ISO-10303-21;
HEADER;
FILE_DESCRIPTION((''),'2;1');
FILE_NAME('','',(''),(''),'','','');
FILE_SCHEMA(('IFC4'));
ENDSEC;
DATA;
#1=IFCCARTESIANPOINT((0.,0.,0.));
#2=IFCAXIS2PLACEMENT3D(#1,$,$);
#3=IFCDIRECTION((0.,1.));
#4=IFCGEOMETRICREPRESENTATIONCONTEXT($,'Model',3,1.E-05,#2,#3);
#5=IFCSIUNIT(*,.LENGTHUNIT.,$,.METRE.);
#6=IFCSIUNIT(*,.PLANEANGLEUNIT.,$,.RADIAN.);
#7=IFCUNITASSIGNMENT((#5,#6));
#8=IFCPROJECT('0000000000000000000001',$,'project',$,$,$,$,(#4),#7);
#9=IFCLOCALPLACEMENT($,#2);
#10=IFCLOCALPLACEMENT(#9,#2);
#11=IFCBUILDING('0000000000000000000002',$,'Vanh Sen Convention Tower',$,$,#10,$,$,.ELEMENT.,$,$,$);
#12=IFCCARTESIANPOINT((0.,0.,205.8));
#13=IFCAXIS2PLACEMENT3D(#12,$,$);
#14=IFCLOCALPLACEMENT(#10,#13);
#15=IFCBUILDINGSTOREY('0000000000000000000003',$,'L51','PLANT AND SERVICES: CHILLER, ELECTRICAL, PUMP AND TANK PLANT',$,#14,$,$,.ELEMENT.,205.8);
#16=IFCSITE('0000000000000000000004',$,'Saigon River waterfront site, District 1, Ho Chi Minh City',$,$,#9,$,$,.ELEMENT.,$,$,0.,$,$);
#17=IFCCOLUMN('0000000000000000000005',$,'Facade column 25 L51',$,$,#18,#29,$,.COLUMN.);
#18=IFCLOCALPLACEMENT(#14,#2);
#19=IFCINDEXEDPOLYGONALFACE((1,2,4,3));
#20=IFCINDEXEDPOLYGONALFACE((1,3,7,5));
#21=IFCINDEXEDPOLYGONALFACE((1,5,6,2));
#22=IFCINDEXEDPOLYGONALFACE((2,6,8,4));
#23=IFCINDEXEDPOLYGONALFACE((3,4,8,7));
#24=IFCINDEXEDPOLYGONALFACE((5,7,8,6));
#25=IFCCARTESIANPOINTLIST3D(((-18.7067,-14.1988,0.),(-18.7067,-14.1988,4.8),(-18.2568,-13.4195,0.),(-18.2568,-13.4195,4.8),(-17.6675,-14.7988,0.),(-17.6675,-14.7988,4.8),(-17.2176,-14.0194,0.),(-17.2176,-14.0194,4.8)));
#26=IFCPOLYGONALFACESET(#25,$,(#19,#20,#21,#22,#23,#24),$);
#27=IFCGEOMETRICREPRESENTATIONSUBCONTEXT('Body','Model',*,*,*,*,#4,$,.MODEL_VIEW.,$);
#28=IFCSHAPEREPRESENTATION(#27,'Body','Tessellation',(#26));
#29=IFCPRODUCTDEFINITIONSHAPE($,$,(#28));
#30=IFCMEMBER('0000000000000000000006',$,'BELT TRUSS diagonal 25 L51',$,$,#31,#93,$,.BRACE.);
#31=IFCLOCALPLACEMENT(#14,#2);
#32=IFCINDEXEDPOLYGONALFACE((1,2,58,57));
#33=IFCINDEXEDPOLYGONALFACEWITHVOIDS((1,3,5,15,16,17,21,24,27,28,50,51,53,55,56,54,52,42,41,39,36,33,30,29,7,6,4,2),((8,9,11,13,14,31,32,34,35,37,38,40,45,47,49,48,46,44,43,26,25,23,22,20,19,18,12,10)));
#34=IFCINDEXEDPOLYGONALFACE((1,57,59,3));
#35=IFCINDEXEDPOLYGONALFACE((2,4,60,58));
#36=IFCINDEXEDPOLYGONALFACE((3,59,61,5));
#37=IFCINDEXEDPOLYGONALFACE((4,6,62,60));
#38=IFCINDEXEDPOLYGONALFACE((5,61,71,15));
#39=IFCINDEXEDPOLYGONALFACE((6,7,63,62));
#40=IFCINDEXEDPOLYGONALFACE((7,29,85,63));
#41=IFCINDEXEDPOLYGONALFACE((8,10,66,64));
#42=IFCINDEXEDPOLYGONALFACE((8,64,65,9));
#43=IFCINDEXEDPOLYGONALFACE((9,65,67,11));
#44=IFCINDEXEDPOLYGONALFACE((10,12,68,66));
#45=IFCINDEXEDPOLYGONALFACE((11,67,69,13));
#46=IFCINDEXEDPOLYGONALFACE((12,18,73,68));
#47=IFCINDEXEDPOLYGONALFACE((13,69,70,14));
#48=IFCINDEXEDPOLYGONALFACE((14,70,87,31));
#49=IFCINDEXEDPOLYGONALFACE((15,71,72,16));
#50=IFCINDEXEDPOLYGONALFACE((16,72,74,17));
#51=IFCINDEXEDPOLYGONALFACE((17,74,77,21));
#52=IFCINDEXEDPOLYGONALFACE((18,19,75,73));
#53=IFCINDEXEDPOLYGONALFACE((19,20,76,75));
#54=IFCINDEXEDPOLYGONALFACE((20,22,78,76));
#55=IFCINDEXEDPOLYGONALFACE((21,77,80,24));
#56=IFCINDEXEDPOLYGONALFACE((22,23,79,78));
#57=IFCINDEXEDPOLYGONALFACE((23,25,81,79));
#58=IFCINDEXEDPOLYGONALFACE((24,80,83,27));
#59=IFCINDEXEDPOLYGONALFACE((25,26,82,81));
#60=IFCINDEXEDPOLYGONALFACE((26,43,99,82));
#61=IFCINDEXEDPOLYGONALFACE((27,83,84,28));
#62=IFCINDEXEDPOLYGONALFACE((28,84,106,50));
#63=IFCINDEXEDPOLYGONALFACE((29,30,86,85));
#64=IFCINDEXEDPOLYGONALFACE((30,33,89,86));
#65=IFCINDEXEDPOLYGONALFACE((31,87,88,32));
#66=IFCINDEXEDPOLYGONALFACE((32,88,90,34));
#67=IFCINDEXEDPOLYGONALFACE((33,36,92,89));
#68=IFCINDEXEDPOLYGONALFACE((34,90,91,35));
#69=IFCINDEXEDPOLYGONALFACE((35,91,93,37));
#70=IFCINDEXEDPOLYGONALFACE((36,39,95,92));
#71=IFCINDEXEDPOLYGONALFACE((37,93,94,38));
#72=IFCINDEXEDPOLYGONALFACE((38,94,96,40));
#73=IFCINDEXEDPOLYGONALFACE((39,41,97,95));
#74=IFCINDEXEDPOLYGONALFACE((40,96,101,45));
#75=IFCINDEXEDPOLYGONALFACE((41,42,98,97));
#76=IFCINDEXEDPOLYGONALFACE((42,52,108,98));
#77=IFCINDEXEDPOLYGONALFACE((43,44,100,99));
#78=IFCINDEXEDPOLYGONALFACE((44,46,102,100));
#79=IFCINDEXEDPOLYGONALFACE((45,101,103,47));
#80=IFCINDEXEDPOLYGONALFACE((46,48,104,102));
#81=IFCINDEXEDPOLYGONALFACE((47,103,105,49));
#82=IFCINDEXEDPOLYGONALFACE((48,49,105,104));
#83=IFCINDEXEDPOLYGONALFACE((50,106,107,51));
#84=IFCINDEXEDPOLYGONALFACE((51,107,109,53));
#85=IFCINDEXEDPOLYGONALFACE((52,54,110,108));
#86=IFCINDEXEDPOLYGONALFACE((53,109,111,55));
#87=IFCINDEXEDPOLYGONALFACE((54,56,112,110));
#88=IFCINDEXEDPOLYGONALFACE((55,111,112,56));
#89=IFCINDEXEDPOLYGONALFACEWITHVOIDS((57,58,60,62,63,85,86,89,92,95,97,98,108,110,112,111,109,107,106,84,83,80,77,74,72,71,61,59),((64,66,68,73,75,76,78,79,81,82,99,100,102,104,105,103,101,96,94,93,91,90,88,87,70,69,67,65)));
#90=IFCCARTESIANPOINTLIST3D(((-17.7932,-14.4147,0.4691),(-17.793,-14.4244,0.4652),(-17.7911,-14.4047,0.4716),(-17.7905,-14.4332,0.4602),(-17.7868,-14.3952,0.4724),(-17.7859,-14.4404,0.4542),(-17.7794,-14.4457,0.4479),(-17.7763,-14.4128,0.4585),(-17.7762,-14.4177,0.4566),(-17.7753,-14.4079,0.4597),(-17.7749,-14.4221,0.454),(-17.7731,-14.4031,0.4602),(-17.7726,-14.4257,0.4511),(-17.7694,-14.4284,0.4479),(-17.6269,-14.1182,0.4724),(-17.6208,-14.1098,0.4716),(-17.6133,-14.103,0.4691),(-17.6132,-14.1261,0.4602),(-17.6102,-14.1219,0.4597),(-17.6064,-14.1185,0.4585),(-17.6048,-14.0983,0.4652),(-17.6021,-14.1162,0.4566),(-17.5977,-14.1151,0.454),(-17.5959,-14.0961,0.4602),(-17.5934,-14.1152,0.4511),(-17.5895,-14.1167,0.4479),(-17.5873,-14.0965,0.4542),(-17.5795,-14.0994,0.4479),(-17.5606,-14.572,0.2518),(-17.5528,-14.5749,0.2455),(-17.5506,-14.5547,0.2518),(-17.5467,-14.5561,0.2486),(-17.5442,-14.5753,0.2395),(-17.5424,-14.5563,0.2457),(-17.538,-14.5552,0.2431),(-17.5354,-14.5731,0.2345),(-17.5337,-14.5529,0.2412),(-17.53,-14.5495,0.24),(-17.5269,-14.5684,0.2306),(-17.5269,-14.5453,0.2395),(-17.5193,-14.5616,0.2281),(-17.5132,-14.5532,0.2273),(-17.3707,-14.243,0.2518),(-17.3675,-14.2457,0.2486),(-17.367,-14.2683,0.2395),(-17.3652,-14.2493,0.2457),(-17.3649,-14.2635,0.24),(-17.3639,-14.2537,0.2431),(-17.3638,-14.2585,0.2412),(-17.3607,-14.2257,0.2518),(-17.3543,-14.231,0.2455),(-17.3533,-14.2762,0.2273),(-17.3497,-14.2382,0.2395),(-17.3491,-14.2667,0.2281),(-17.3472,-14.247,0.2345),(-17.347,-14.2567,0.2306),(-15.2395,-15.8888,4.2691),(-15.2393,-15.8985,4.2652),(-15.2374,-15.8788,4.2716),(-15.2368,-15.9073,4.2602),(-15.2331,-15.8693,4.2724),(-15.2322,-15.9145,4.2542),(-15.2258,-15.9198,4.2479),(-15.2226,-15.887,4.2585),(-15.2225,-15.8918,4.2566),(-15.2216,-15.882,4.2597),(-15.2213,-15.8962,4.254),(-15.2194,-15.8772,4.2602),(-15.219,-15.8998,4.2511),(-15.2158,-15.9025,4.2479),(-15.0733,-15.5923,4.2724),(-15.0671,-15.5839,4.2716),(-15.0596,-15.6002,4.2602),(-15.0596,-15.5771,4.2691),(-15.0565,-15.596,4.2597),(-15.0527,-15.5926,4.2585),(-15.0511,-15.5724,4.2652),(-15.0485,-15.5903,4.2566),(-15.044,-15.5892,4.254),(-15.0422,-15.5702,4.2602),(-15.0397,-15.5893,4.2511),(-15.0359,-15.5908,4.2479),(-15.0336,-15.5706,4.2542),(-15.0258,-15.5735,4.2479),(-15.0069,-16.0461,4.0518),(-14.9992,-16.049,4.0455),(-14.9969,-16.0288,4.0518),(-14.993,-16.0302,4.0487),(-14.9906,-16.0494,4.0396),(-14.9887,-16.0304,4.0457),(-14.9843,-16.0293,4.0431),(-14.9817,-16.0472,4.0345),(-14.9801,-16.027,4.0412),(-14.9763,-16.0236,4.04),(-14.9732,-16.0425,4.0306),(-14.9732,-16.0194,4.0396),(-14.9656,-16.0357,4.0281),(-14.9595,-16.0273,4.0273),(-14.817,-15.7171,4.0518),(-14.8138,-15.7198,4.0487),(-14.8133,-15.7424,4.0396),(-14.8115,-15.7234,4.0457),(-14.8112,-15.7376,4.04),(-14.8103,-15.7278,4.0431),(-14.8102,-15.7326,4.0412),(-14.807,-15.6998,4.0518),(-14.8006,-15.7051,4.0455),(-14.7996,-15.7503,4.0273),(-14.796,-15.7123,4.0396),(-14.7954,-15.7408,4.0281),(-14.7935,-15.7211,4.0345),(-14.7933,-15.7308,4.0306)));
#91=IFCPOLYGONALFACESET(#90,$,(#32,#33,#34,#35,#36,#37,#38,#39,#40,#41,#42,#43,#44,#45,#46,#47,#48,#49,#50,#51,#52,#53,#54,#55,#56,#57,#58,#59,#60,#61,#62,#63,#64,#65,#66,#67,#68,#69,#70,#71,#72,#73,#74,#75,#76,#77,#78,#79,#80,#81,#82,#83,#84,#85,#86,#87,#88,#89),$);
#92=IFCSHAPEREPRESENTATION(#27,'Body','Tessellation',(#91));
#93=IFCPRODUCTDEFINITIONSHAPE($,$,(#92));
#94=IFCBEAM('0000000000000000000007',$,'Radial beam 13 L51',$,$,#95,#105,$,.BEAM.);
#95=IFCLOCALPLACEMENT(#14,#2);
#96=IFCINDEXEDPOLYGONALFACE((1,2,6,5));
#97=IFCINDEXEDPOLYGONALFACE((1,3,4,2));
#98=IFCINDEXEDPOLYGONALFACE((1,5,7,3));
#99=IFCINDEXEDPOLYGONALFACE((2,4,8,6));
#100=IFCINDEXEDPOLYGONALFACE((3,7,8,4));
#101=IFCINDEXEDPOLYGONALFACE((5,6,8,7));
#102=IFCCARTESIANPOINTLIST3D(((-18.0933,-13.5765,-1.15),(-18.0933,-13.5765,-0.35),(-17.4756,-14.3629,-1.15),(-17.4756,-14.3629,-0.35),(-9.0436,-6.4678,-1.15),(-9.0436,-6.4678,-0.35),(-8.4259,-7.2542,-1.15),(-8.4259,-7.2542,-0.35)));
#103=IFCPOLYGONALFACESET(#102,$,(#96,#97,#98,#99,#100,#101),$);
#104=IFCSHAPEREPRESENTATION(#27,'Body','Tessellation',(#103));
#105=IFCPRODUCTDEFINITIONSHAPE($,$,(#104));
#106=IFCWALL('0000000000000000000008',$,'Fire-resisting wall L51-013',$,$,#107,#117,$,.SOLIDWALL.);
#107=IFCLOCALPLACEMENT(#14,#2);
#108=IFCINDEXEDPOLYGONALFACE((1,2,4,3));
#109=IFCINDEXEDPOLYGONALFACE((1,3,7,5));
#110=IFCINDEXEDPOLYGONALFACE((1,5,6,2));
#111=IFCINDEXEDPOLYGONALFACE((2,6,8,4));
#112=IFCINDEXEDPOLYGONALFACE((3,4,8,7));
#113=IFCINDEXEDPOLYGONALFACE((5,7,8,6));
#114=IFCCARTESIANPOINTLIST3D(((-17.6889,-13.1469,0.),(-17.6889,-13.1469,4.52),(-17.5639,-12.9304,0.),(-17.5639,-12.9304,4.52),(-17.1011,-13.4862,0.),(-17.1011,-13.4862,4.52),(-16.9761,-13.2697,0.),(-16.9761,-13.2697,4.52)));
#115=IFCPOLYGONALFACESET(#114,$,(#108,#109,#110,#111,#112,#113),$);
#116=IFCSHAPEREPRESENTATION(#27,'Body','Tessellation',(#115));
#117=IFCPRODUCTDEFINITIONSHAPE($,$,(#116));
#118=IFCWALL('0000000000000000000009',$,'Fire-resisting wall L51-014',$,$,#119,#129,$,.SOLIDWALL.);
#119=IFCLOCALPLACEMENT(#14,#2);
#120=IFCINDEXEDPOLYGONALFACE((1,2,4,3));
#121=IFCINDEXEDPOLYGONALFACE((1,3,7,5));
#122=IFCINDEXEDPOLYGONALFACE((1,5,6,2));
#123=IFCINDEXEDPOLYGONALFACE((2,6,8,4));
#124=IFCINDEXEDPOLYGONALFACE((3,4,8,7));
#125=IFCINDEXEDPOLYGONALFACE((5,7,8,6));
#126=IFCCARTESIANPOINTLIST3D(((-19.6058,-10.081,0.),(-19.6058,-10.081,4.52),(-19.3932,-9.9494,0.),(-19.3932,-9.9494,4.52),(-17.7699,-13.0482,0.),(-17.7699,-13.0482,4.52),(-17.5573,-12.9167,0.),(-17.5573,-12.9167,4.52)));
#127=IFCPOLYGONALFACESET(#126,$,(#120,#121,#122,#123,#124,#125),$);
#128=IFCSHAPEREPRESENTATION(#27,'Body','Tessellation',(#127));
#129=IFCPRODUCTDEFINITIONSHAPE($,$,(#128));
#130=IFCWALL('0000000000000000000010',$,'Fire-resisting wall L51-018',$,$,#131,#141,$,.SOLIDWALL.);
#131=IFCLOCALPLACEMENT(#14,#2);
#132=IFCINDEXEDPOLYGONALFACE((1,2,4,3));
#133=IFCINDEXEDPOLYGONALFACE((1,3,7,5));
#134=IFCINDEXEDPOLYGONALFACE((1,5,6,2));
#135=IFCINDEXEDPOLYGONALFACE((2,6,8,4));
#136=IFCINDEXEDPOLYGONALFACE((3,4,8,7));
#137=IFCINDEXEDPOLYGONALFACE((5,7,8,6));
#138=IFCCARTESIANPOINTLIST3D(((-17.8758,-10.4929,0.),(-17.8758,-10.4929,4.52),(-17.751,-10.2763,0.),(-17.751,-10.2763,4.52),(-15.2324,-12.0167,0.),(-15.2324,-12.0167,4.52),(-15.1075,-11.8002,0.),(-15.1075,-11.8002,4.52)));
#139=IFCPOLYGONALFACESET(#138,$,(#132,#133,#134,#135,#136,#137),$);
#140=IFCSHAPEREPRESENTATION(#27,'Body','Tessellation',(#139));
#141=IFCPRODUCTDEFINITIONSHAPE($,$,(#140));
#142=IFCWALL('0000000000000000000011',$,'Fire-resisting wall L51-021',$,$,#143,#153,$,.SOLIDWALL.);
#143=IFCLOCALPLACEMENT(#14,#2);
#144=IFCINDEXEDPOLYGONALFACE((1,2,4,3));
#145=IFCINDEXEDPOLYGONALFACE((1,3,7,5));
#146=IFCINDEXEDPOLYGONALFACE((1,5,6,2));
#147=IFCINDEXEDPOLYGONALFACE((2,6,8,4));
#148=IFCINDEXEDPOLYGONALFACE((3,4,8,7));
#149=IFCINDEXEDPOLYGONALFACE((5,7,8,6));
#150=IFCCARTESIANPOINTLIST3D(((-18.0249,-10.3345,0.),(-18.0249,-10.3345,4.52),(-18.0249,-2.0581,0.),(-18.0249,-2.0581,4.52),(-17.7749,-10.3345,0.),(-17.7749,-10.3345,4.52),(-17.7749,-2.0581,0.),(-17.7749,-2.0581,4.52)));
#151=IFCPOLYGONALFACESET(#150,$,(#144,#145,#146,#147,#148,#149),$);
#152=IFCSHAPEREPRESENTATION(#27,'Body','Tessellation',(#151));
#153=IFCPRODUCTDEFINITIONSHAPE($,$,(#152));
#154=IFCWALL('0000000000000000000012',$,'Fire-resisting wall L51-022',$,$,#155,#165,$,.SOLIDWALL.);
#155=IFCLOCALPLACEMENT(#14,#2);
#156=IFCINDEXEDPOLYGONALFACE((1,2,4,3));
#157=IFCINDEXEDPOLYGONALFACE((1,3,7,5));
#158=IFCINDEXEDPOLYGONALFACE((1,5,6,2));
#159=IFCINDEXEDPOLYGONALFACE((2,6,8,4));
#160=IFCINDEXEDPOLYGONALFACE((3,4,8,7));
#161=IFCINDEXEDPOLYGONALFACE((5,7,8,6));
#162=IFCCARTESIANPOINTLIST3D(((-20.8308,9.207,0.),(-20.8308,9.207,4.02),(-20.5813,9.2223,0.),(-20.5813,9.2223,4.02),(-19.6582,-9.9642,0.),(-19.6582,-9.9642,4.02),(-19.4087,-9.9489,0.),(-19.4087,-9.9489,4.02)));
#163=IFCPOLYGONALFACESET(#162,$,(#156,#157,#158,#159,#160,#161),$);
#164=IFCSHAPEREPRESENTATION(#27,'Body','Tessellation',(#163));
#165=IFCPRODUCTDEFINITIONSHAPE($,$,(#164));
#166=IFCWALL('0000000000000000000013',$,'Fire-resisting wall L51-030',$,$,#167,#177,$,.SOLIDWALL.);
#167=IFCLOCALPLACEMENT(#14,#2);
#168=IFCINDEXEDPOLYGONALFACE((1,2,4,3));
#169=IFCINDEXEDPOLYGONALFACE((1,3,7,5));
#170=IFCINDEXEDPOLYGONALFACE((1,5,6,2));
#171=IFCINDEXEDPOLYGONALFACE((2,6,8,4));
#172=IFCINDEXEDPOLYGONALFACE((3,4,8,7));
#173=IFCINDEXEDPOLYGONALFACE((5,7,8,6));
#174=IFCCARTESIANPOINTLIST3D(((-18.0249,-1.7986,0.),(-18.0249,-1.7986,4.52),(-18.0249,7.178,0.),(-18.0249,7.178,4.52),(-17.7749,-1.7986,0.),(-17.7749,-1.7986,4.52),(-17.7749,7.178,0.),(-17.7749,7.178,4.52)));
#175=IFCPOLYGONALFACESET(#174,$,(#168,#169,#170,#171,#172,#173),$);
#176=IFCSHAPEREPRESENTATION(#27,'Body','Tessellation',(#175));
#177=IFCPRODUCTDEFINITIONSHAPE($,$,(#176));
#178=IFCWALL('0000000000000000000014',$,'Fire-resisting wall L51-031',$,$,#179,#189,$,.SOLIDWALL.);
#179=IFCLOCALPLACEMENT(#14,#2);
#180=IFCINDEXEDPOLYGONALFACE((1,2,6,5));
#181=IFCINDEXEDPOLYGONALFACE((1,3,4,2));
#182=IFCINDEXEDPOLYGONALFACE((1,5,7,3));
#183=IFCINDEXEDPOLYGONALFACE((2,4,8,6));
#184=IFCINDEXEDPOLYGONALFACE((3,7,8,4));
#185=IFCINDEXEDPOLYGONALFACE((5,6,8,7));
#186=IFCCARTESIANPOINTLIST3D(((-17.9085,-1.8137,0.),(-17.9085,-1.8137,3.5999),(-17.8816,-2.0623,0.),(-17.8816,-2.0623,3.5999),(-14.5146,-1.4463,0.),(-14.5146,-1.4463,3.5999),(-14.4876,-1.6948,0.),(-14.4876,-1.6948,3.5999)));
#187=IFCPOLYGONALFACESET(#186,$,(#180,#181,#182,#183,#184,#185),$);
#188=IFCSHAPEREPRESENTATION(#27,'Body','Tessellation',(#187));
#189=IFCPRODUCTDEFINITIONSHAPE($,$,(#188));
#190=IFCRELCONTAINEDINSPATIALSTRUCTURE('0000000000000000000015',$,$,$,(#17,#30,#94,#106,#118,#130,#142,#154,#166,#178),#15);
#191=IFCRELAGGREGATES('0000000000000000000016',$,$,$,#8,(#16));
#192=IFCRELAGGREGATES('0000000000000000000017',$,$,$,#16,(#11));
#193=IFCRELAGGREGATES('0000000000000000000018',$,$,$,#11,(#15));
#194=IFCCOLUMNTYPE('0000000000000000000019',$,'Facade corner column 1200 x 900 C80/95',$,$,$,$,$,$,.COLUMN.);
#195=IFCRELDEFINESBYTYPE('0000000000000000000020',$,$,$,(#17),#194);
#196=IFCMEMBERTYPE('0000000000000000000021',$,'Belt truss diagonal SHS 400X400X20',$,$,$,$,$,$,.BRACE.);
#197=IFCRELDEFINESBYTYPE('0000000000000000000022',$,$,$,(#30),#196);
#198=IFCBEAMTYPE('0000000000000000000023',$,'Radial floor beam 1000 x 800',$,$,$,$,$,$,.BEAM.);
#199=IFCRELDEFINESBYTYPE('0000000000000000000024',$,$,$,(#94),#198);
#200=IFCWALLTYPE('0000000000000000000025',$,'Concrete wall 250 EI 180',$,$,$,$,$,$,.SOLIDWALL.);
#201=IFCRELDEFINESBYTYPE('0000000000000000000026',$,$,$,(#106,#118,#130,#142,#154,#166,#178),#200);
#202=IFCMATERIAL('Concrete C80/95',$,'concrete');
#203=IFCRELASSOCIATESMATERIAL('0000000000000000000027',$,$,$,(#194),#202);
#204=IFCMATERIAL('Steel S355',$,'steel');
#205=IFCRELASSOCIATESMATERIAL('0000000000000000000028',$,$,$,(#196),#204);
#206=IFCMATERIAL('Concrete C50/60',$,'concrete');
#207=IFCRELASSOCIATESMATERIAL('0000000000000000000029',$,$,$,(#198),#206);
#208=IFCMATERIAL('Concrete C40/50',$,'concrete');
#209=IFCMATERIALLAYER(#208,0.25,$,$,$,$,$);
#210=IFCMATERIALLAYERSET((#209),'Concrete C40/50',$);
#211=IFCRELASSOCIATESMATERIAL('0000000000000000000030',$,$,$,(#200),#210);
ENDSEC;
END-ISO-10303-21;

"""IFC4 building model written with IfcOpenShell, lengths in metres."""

from ifc_helpers import new_model, si_unit, direction, frame, frame_2d, origin, origin_2d, place, context, subcontext, project, spatial, rectangle, hollow_rectangle, extrude, material, layer, layer_set, material_profile, profile_set, type_object, element, save


model = new_model("IFC4")

# Units and contexts
model_context = context("Model", 3, precision=1e-05, world=origin(), true_north=direction((0.0, 1.0)))
body_context = subcontext(model_context, "Body", "Model", "MODEL_VIEW")
ifc_project = project(units=[si_unit("LENGTHUNIT", "METRE"), si_unit("PLANEANGLEUNIT", "RADIAN")], contexts=[model_context])

# Site, building, storey
site_placement = place(None, origin())
site = spatial("IfcSite", under=ifc_project, at=site_placement, Name="Saigon River waterfront site, District 1, Ho Chi Minh City", CompositionType="ELEMENT", RefElevation=0.0)
building_placement = place(site_placement, origin())
building = spatial("IfcBuilding", under=site, at=building_placement, Name="Vanh Sen Convention Tower", CompositionType="ELEMENT")
storey_placement = place(building_placement, frame((0.0, 0.0, 205.8)))
storey = spatial("IfcBuildingStorey", under=building, at=storey_placement, Name="L51", Description="PLANT AND SERVICES: CHILLER, ELECTRICAL, PUMP AND TANK PLANT", CompositionType="ELEMENT", Elevation=205.8)

# Column
ifc_material_1 = material(Name="Concrete C80/95", Category="concrete")
ifc_material_profile_1 = material_profile(ifc_material_1, rectangle(XDim=1.2, YDim=0.8999, at=origin_2d()), Name="RC 1200X900")
ifc_profile_set_1 = profile_set([ifc_material_profile_1], Name="Concrete C80/95")
column_type = type_object("IfcColumnType", Name="Facade corner column 1200 x 900 C80/95", PredefinedType="COLUMN", material=ifc_profile_set_1)
column_placement = place(storey_placement, frame((-17.9622, -14.1091, 0.0), z_axis=(0.0, 0.0, 1.0), x_axis=(0.866025, -0.5, 0.0)))
element("IfcColumn", 1, at=column_placement, inside=storey, type_object=column_type, Name="Facade column 25 L51", PredefinedType="COLUMN", context=body_context, shape_type="SweptSolid", body=[
    extrude(rectangle(XDim=1.2, YDim=0.8999, at=origin_2d()), origin(), (0.0, 0.0, 1.0), 4.8),
])

# Member
ifc_material_2 = material(Name="Steel S355", Category="steel")
ifc_material_profile_2 = material_profile(ifc_material_2, hollow_rectangle(XDim=0.3999, YDim=0.3999, WallThickness=0.02, InnerFilletRadius=0.02, OuterFilletRadius=0.04, at=origin_2d()), Name="SHS 400X400X20")
ifc_profile_set_2 = profile_set([ifc_material_profile_2], Name="Steel S355")
member_type = type_object("IfcMemberType", Name="Belt truss diagonal SHS 400X400X20", PredefinedType="BRACE", material=ifc_profile_set_2)
member_placement = place(storey_placement, frame((-17.5701, -14.3357, 0.3499), z_axis=(0.530931, -0.306478, 0.790052), x_axis=(0.499933, 0.866064, 0.0)))
element("IfcMember", 2, at=member_placement, inside=storey, type_object=member_type, Name="BELT TRUSS diagonal 25 L51", PredefinedType="BRACE", context=body_context, shape_type="SweptSolid", body=[
    extrude(hollow_rectangle(XDim=0.3999, YDim=0.3999, WallThickness=0.02, InnerFilletRadius=0.02, OuterFilletRadius=0.04, at=origin_2d()), origin(), (0.0, 0.0, 1.0), 4.8098),
])

# Beam
ifc_material_3 = material(Name="Concrete C50/60", Category="concrete")
ifc_material_profile_3 = material_profile(ifc_material_3, rectangle(XDim=1.0, YDim=0.8, at=origin_2d()), Name="RC 1000X800")
ifc_profile_set_3 = profile_set([ifc_material_profile_3], Name="Concrete C50/60")
beam_type = type_object("IfcBeamType", Name="Radial floor beam 1000 x 800", PredefinedType="BEAM", material=ifc_profile_set_3)
beam_placement = place(storey_placement, frame((-17.7844, -13.9697, -0.75), z_axis=(0.786391, 0.617729, 0.0), x_axis=(-0.617729, 0.786391, 0.0)))
element("IfcBeam", 3, at=beam_placement, inside=storey, type_object=beam_type, Name="Radial beam 13 L51", PredefinedType="BEAM", context=body_context, shape_type="SweptSolid", body=[
    extrude(rectangle(XDim=1.0, YDim=0.8, at=origin_2d()), origin(), (0.0, 0.0, 1.0), 11.5078),
])

# Walls
ifc_material_4 = material(Name="Concrete C40/50", Category="concrete")
ifc_layer_1 = layer(ifc_material_4, 0.25)
ifc_layer_set_1 = layer_set([ifc_layer_1], Name="Concrete C40/50")
wall_type_1 = type_object("IfcWallType", Name="Concrete wall 250 EI 180", PredefinedType="SOLIDWALL", material=ifc_layer_set_1)
wall_1_placement = place(storey_placement, frame((-17.0386, -13.3779, 0.0), z_axis=(0.0, 0.0, 1.0), x_axis=(-0.866066, 0.49993, 0.0)))
element("IfcWall", 4, at=wall_1_placement, inside=storey, type_object=wall_type_1, Name="Fire-resisting wall L51-013", PredefinedType="SOLIDWALL", context=body_context, shape_type="SweptSolid", body=[
    extrude(rectangle(XDim=0.6787, YDim=0.25, at=frame_2d((0.3394, 0.0))), origin(), (0.0, 0.0, 1.0), 4.52),
])
wall_2_placement = place(storey_placement, frame((-17.6636, -12.9824, 0.0), z_axis=(0.0, 0.0, 1.0), x_axis=(-0.526157, 0.850387, 0.0)))
element("IfcWall", 5, at=wall_2_placement, inside=storey, type_object=wall_type_1, Name="Fire-resisting wall L51-014", PredefinedType="SOLIDWALL", context=body_context, shape_type="SweptSolid", body=[
    extrude(rectangle(XDim=3.4893, YDim=0.25, at=frame_2d((1.7446, 0.0))), origin(), (0.0, 0.0, 1.0), 4.52),
])
wall_3_placement = place(storey_placement, frame((-15.1699, -11.9084, 0.0), z_axis=(0.0, 0.0, 1.0), x_axis=(-0.866356, 0.499427, 0.0)))
element("IfcWall", 6, at=wall_3_placement, inside=storey, type_object=wall_type_1, Name="Fire-resisting wall L51-018", PredefinedType="SOLIDWALL", context=body_context, shape_type="SweptSolid", body=[
    extrude(rectangle(XDim=3.0513, YDim=0.25, at=frame_2d((1.5256, 0.0))), origin(), (0.0, 0.0, 1.0), 4.52),
])
wall_4_placement = place(storey_placement, frame((-17.8999, -10.3345, 0.0), z_axis=(0.0, 0.0, 1.0), x_axis=(0.0, 1.0, 0.0)))
element("IfcWall", 7, at=wall_4_placement, inside=storey, type_object=wall_type_1, Name="Fire-resisting wall L51-021", PredefinedType="SOLIDWALL", context=body_context, shape_type="SweptSolid", body=[
    extrude(rectangle(XDim=8.2764, YDim=0.25, at=frame_2d((4.1382, 0.0))), origin(), (0.0, 0.0, 1.0), 4.52),
])
wall_5_placement = place(storey_placement, frame((-19.5334, -9.9565, 0.0), z_axis=(0.0, 0.0, 1.0), x_axis=(-0.061051, 0.998135, 0.0)))
element("IfcWall", 8, at=wall_5_placement, inside=storey, type_object=wall_type_1, Name="Fire-resisting wall L51-022", PredefinedType="SOLIDWALL", context=body_context, shape_type="SweptSolid", body=[
    extrude(rectangle(XDim=19.207, YDim=0.25, at=frame_2d((9.6035, 0.0))), origin(), (0.0, 0.0, 1.0), 4.02),
])
wall_6_placement = place(storey_placement, frame((-17.8999, -1.7986, 0.0), z_axis=(0.0, 0.0, 1.0), x_axis=(0.0, 1.0, 0.0)))
element("IfcWall", 9, at=wall_6_placement, inside=storey, type_object=wall_type_1, Name="Fire-resisting wall L51-030", PredefinedType="SOLIDWALL", context=body_context, shape_type="SweptSolid", body=[
    extrude(rectangle(XDim=8.9766, YDim=0.25, at=frame_2d((4.4883, 0.0))), origin(), (0.0, 0.0, 1.0), 4.52),
])
wall_7_placement = place(storey_placement, frame((-14.501, -1.5706, 0.0), z_axis=(0.0, 0.0, 1.0), x_axis=(-0.994191, -0.107629, 0.0)))
element("IfcWall", 10, at=wall_7_placement, inside=storey, type_object=wall_type_1, Name="Fire-resisting wall L51-031", PredefinedType="SOLIDWALL", context=body_context, shape_type="SweptSolid", body=[
    extrude(rectangle(XDim=3.4138, YDim=0.25, at=frame_2d((1.707, 0.0))), origin(), (0.0, 0.0, 1.0), 3.5999),
])

save(model, "model.ifc")
